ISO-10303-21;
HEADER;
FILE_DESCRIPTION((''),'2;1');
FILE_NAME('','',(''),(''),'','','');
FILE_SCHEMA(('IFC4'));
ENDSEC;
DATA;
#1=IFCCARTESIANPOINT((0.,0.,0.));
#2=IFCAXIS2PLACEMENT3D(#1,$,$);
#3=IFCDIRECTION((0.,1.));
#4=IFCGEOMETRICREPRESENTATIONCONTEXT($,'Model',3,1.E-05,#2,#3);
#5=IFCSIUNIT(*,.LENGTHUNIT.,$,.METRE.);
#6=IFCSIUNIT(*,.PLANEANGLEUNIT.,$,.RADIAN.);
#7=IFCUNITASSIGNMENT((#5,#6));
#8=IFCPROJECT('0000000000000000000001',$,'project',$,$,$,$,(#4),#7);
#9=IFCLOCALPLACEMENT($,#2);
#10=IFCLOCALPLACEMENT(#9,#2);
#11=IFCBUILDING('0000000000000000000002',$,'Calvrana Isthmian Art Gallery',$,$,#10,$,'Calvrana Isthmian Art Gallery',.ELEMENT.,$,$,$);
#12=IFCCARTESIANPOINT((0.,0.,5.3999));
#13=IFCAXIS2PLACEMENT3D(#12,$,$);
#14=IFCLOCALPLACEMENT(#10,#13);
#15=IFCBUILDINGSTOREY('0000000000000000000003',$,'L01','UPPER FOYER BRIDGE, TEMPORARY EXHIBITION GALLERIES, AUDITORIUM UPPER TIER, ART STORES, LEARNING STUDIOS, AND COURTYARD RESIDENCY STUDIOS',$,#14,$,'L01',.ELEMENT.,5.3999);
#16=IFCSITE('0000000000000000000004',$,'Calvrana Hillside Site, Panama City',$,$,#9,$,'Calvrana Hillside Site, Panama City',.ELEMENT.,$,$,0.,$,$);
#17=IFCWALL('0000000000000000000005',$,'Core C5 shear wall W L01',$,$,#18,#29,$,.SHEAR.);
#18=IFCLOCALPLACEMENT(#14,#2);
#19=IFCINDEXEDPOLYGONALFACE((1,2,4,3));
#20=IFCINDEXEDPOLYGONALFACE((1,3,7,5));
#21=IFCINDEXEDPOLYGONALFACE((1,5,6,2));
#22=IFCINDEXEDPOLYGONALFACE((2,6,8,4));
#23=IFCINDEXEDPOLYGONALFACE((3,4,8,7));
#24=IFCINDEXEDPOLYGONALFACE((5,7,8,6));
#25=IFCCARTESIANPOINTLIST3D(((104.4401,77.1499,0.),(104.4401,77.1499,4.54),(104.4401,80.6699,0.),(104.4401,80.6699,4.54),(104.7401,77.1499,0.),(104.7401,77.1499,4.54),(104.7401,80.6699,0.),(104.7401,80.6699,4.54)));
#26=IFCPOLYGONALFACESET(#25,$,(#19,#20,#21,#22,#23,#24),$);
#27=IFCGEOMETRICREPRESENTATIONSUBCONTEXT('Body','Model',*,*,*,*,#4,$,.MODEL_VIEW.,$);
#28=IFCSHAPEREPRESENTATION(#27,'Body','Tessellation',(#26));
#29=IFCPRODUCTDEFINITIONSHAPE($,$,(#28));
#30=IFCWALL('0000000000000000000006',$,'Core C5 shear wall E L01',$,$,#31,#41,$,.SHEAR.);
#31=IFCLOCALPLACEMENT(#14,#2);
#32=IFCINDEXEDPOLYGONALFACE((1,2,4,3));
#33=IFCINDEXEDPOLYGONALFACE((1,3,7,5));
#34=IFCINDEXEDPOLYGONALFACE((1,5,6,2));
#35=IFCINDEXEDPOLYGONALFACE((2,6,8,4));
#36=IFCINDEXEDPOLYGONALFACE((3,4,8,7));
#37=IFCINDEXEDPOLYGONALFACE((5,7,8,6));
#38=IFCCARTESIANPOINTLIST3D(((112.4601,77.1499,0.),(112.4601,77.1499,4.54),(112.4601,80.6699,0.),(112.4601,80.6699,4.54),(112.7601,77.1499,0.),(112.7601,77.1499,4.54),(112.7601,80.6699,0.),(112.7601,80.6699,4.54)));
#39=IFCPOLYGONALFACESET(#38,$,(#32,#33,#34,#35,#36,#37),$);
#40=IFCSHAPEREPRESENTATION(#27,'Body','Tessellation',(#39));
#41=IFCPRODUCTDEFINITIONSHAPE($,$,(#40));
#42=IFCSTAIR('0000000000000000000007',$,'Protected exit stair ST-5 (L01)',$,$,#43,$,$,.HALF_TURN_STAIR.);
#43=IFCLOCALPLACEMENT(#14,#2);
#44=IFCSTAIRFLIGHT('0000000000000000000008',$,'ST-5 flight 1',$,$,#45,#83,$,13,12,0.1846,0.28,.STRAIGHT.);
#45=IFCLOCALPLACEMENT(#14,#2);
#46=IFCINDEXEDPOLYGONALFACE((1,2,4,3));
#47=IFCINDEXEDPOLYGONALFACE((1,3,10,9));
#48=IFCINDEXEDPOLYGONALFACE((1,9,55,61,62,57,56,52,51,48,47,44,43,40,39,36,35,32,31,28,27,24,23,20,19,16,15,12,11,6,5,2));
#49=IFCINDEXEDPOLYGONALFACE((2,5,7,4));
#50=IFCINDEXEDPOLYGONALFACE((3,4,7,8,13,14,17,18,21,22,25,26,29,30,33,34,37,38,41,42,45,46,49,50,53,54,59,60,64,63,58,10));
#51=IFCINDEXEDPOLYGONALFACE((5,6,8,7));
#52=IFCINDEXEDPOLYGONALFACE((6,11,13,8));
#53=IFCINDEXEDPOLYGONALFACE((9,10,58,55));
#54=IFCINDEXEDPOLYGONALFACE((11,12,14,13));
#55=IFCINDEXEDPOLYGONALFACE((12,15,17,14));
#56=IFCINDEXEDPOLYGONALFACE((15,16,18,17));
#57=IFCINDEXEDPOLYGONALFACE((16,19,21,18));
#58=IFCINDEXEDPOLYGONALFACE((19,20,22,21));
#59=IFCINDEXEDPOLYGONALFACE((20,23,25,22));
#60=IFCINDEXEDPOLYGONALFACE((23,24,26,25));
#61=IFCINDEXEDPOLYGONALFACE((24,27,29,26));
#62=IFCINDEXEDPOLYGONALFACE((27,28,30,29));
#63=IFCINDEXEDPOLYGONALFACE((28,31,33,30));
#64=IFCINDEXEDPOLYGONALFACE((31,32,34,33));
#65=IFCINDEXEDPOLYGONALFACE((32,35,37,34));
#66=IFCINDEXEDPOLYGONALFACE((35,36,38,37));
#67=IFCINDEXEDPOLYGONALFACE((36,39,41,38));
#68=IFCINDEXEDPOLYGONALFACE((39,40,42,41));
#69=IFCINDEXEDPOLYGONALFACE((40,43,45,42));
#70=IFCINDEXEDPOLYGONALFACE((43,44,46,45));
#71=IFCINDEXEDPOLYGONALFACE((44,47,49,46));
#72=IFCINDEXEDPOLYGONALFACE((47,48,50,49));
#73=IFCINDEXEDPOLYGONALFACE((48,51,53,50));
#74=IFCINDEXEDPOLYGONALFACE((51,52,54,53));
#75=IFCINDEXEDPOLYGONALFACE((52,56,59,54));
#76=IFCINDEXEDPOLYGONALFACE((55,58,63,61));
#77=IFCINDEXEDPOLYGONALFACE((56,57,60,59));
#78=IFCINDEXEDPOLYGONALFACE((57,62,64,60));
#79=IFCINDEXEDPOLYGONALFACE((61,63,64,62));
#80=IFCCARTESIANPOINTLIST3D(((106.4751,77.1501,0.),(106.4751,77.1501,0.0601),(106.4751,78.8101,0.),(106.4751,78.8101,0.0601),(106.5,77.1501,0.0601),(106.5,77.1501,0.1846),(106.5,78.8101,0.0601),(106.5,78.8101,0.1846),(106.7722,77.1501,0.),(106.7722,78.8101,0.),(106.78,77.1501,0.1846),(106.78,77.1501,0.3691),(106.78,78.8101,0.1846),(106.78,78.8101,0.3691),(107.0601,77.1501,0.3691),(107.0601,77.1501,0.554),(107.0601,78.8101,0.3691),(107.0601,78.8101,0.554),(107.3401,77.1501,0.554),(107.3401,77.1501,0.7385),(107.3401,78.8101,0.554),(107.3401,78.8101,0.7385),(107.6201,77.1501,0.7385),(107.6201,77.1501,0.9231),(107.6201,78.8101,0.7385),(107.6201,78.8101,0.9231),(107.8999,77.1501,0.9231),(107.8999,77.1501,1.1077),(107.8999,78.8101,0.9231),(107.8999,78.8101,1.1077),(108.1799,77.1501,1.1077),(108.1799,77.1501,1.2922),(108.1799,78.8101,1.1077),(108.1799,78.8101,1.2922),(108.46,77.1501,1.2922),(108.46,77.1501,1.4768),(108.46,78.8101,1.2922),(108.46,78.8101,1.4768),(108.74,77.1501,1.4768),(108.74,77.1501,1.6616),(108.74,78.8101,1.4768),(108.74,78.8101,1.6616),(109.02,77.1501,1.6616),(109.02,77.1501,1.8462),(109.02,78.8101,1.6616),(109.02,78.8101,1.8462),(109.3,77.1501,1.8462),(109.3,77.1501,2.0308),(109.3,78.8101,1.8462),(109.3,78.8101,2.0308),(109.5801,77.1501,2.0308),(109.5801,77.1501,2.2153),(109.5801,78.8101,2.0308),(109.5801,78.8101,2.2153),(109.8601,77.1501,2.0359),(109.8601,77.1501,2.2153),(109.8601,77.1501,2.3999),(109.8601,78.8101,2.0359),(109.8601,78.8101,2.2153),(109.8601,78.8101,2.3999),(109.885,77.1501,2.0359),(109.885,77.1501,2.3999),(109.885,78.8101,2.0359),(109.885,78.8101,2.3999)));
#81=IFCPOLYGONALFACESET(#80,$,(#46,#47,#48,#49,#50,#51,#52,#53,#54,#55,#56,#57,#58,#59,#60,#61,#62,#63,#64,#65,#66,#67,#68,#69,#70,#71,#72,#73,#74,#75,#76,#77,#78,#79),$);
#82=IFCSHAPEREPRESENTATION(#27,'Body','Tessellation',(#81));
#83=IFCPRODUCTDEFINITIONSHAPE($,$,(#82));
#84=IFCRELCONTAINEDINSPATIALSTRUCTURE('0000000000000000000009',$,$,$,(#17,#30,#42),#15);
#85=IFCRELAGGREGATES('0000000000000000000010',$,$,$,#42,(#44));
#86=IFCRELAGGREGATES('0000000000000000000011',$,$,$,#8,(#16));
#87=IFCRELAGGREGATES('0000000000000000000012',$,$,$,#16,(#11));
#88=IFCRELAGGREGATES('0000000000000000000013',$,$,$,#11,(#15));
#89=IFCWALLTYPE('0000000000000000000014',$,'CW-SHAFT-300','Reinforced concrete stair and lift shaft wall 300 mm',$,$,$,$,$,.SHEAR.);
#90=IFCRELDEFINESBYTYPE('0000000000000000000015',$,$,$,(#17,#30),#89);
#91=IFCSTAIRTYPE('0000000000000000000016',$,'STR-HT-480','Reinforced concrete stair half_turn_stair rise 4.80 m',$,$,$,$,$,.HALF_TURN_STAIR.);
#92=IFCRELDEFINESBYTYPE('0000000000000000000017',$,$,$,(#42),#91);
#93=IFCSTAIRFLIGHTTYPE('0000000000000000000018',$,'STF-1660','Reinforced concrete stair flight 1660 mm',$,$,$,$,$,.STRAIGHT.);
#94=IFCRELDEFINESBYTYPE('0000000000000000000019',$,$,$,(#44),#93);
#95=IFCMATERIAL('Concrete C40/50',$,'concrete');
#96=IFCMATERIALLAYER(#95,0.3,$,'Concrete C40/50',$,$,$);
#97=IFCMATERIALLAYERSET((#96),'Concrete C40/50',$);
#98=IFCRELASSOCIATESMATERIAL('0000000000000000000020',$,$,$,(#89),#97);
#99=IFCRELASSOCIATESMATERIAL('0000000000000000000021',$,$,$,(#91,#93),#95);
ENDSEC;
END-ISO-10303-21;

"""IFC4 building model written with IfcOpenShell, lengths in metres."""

from ifc_helpers import new_model, si_unit, direction, frame, frame_2d, origin, place, context, subcontext, project, spatial, polyline, rectangle, outline, extrude, material, layer, layer_set, type_object, element, aggregate, save


model = new_model("IFC4")

# Units and contexts
model_context = context("Model", 3, precision=1e-05, world=origin(), true_north=direction((0.0, 1.0)))
body_context = subcontext(model_context, "Body", "Model", "MODEL_VIEW")
ifc_project = project(units=[si_unit("LENGTHUNIT", "METRE"), si_unit("PLANEANGLEUNIT", "RADIAN")], contexts=[model_context])

# Site, building, storey
site_placement = place(None, origin())
site = spatial("IfcSite", under=ifc_project, at=site_placement, Name="Calvrana Hillside Site, Panama City", LongName="Calvrana Hillside Site, Panama City", CompositionType="ELEMENT", RefElevation=0.0)
building_placement = place(site_placement, origin())
building = spatial("IfcBuilding", under=site, at=building_placement, Name="Calvrana Isthmian Art Gallery", LongName="Calvrana Isthmian Art Gallery", CompositionType="ELEMENT")
storey_placement = place(building_placement, frame((0.0, 0.0, 5.3999)))
storey = spatial("IfcBuildingStorey", under=building, at=storey_placement, Name="L01", Description="UPPER FOYER BRIDGE, TEMPORARY EXHIBITION GALLERIES, AUDITORIUM UPPER TIER, ART STORES, LEARNING STUDIOS, AND COURTYARD RESIDENCY STUDIOS", LongName="L01", CompositionType="ELEMENT", Elevation=5.3999)

# Walls
ifc_material_1 = material(Name="Concrete C40/50", Category="concrete")
ifc_layer_1 = layer(ifc_material_1, 0.3, Name="Concrete C40/50")
ifc_layer_set_1 = layer_set([ifc_layer_1], Name="Concrete C40/50")
wall_type = type_object("IfcWallType", Name="CW-SHAFT-300", Description="Reinforced concrete stair and lift shaft wall 300 mm", PredefinedType="SHEAR", material=ifc_layer_set_1)
for number, where, z_axis, x_axis, name in (
    (1, (104.5901, 77.1499, 0.0), (0.0, 0.0, 1.0), (0.0, 1.0, 0.0), "Core C5 shear wall W L01"),
    (2, (112.6101, 77.1499, 0.0), (0.0, 0.0, 1.0), (0.0, 1.0, 0.0), "Core C5 shear wall E L01"),
):
    element("IfcWall", number, at=place(storey_placement, frame(where, z_axis=z_axis, x_axis=x_axis)), inside=storey, type_object=wall_type, Name=name, PredefinedType="SHEAR", context=body_context, shape_type="SweptSolid", body=[
        extrude(rectangle(XDim=3.52, YDim=0.3, at=frame_2d((1.76, 0.0))), origin(), (0.0, 0.0, 1.0), 4.54),
    ])

# Stair, stair flight
stair_type = type_object("IfcStairType", Name="STR-HT-480", Description="Reinforced concrete stair half_turn_stair rise 4.80 m", PredefinedType="HALF_TURN_STAIR", material=ifc_material_1)
stair_placement = place(storey_placement, origin())
stair = element("IfcStair", 3, at=stair_placement, inside=storey, type_object=stair_type, Name="Protected exit stair ST-5 (L01)", PredefinedType="HALF_TURN_STAIR")
stair_flight_type = type_object("IfcStairFlightType", Name="STF-1660", Description="Reinforced concrete stair flight 1660 mm", PredefinedType="STRAIGHT", material=ifc_material_1)
stair_flight_placement = place(storey_placement, frame((106.5, 77.98, 0.0), z_axis=(0.0, 0.0, 1.0), x_axis=(1.0, 0.0, 0.0)))
stair_flight = element("IfcStairFlight", 4, at=stair_flight_placement, type_object=stair_flight_type, Name="ST-5 flight 1", NumberOfRisers=13, NumberOfTreads=12, PredefinedType="STRAIGHT", RiserHeight=0.1846, TreadLength=0.28, context=body_context, shape_type="SweptSolid", body=[
    extrude(outline(polyline([(-0.0249, 0.0), (-0.0249, 0.0601), (0.0, 0.0601), (0.0, 0.1846), (0.28, 0.1846), (0.28, 0.3691), (0.5601, 0.3691), (0.5601, 0.554), (0.8401, 0.554), (0.8401, 0.7385), (1.1201, 0.7385), (1.1201, 0.9231), (1.3999, 0.9231), (1.3999, 1.1077), (1.6799, 1.1077), (1.6799, 1.2922), (1.96, 1.2922), (1.96, 1.4768), (2.24, 1.4768), (2.24, 1.6616), (2.52, 1.6616), (2.52, 1.8462), (2.8, 1.8462), (2.8, 2.0308), (3.0801, 2.0308), (3.0801, 2.2153), (3.3601, 2.2153), (3.3601, 2.3999), (3.385, 2.3999), (3.385, 2.0359), (3.3601, 2.0359), (0.2722, 0.0), (-0.0249, 0.0)])), frame((0.0, 0.8301, 0.0), z_axis=(0.0, -1.0, 0.0), x_axis=(1.0, 0.0, 0.0)), (0.0, 0.0, 1.0), 1.6599),
])
aggregate(stair, [stair_flight])

save(model, "model.ifc")
